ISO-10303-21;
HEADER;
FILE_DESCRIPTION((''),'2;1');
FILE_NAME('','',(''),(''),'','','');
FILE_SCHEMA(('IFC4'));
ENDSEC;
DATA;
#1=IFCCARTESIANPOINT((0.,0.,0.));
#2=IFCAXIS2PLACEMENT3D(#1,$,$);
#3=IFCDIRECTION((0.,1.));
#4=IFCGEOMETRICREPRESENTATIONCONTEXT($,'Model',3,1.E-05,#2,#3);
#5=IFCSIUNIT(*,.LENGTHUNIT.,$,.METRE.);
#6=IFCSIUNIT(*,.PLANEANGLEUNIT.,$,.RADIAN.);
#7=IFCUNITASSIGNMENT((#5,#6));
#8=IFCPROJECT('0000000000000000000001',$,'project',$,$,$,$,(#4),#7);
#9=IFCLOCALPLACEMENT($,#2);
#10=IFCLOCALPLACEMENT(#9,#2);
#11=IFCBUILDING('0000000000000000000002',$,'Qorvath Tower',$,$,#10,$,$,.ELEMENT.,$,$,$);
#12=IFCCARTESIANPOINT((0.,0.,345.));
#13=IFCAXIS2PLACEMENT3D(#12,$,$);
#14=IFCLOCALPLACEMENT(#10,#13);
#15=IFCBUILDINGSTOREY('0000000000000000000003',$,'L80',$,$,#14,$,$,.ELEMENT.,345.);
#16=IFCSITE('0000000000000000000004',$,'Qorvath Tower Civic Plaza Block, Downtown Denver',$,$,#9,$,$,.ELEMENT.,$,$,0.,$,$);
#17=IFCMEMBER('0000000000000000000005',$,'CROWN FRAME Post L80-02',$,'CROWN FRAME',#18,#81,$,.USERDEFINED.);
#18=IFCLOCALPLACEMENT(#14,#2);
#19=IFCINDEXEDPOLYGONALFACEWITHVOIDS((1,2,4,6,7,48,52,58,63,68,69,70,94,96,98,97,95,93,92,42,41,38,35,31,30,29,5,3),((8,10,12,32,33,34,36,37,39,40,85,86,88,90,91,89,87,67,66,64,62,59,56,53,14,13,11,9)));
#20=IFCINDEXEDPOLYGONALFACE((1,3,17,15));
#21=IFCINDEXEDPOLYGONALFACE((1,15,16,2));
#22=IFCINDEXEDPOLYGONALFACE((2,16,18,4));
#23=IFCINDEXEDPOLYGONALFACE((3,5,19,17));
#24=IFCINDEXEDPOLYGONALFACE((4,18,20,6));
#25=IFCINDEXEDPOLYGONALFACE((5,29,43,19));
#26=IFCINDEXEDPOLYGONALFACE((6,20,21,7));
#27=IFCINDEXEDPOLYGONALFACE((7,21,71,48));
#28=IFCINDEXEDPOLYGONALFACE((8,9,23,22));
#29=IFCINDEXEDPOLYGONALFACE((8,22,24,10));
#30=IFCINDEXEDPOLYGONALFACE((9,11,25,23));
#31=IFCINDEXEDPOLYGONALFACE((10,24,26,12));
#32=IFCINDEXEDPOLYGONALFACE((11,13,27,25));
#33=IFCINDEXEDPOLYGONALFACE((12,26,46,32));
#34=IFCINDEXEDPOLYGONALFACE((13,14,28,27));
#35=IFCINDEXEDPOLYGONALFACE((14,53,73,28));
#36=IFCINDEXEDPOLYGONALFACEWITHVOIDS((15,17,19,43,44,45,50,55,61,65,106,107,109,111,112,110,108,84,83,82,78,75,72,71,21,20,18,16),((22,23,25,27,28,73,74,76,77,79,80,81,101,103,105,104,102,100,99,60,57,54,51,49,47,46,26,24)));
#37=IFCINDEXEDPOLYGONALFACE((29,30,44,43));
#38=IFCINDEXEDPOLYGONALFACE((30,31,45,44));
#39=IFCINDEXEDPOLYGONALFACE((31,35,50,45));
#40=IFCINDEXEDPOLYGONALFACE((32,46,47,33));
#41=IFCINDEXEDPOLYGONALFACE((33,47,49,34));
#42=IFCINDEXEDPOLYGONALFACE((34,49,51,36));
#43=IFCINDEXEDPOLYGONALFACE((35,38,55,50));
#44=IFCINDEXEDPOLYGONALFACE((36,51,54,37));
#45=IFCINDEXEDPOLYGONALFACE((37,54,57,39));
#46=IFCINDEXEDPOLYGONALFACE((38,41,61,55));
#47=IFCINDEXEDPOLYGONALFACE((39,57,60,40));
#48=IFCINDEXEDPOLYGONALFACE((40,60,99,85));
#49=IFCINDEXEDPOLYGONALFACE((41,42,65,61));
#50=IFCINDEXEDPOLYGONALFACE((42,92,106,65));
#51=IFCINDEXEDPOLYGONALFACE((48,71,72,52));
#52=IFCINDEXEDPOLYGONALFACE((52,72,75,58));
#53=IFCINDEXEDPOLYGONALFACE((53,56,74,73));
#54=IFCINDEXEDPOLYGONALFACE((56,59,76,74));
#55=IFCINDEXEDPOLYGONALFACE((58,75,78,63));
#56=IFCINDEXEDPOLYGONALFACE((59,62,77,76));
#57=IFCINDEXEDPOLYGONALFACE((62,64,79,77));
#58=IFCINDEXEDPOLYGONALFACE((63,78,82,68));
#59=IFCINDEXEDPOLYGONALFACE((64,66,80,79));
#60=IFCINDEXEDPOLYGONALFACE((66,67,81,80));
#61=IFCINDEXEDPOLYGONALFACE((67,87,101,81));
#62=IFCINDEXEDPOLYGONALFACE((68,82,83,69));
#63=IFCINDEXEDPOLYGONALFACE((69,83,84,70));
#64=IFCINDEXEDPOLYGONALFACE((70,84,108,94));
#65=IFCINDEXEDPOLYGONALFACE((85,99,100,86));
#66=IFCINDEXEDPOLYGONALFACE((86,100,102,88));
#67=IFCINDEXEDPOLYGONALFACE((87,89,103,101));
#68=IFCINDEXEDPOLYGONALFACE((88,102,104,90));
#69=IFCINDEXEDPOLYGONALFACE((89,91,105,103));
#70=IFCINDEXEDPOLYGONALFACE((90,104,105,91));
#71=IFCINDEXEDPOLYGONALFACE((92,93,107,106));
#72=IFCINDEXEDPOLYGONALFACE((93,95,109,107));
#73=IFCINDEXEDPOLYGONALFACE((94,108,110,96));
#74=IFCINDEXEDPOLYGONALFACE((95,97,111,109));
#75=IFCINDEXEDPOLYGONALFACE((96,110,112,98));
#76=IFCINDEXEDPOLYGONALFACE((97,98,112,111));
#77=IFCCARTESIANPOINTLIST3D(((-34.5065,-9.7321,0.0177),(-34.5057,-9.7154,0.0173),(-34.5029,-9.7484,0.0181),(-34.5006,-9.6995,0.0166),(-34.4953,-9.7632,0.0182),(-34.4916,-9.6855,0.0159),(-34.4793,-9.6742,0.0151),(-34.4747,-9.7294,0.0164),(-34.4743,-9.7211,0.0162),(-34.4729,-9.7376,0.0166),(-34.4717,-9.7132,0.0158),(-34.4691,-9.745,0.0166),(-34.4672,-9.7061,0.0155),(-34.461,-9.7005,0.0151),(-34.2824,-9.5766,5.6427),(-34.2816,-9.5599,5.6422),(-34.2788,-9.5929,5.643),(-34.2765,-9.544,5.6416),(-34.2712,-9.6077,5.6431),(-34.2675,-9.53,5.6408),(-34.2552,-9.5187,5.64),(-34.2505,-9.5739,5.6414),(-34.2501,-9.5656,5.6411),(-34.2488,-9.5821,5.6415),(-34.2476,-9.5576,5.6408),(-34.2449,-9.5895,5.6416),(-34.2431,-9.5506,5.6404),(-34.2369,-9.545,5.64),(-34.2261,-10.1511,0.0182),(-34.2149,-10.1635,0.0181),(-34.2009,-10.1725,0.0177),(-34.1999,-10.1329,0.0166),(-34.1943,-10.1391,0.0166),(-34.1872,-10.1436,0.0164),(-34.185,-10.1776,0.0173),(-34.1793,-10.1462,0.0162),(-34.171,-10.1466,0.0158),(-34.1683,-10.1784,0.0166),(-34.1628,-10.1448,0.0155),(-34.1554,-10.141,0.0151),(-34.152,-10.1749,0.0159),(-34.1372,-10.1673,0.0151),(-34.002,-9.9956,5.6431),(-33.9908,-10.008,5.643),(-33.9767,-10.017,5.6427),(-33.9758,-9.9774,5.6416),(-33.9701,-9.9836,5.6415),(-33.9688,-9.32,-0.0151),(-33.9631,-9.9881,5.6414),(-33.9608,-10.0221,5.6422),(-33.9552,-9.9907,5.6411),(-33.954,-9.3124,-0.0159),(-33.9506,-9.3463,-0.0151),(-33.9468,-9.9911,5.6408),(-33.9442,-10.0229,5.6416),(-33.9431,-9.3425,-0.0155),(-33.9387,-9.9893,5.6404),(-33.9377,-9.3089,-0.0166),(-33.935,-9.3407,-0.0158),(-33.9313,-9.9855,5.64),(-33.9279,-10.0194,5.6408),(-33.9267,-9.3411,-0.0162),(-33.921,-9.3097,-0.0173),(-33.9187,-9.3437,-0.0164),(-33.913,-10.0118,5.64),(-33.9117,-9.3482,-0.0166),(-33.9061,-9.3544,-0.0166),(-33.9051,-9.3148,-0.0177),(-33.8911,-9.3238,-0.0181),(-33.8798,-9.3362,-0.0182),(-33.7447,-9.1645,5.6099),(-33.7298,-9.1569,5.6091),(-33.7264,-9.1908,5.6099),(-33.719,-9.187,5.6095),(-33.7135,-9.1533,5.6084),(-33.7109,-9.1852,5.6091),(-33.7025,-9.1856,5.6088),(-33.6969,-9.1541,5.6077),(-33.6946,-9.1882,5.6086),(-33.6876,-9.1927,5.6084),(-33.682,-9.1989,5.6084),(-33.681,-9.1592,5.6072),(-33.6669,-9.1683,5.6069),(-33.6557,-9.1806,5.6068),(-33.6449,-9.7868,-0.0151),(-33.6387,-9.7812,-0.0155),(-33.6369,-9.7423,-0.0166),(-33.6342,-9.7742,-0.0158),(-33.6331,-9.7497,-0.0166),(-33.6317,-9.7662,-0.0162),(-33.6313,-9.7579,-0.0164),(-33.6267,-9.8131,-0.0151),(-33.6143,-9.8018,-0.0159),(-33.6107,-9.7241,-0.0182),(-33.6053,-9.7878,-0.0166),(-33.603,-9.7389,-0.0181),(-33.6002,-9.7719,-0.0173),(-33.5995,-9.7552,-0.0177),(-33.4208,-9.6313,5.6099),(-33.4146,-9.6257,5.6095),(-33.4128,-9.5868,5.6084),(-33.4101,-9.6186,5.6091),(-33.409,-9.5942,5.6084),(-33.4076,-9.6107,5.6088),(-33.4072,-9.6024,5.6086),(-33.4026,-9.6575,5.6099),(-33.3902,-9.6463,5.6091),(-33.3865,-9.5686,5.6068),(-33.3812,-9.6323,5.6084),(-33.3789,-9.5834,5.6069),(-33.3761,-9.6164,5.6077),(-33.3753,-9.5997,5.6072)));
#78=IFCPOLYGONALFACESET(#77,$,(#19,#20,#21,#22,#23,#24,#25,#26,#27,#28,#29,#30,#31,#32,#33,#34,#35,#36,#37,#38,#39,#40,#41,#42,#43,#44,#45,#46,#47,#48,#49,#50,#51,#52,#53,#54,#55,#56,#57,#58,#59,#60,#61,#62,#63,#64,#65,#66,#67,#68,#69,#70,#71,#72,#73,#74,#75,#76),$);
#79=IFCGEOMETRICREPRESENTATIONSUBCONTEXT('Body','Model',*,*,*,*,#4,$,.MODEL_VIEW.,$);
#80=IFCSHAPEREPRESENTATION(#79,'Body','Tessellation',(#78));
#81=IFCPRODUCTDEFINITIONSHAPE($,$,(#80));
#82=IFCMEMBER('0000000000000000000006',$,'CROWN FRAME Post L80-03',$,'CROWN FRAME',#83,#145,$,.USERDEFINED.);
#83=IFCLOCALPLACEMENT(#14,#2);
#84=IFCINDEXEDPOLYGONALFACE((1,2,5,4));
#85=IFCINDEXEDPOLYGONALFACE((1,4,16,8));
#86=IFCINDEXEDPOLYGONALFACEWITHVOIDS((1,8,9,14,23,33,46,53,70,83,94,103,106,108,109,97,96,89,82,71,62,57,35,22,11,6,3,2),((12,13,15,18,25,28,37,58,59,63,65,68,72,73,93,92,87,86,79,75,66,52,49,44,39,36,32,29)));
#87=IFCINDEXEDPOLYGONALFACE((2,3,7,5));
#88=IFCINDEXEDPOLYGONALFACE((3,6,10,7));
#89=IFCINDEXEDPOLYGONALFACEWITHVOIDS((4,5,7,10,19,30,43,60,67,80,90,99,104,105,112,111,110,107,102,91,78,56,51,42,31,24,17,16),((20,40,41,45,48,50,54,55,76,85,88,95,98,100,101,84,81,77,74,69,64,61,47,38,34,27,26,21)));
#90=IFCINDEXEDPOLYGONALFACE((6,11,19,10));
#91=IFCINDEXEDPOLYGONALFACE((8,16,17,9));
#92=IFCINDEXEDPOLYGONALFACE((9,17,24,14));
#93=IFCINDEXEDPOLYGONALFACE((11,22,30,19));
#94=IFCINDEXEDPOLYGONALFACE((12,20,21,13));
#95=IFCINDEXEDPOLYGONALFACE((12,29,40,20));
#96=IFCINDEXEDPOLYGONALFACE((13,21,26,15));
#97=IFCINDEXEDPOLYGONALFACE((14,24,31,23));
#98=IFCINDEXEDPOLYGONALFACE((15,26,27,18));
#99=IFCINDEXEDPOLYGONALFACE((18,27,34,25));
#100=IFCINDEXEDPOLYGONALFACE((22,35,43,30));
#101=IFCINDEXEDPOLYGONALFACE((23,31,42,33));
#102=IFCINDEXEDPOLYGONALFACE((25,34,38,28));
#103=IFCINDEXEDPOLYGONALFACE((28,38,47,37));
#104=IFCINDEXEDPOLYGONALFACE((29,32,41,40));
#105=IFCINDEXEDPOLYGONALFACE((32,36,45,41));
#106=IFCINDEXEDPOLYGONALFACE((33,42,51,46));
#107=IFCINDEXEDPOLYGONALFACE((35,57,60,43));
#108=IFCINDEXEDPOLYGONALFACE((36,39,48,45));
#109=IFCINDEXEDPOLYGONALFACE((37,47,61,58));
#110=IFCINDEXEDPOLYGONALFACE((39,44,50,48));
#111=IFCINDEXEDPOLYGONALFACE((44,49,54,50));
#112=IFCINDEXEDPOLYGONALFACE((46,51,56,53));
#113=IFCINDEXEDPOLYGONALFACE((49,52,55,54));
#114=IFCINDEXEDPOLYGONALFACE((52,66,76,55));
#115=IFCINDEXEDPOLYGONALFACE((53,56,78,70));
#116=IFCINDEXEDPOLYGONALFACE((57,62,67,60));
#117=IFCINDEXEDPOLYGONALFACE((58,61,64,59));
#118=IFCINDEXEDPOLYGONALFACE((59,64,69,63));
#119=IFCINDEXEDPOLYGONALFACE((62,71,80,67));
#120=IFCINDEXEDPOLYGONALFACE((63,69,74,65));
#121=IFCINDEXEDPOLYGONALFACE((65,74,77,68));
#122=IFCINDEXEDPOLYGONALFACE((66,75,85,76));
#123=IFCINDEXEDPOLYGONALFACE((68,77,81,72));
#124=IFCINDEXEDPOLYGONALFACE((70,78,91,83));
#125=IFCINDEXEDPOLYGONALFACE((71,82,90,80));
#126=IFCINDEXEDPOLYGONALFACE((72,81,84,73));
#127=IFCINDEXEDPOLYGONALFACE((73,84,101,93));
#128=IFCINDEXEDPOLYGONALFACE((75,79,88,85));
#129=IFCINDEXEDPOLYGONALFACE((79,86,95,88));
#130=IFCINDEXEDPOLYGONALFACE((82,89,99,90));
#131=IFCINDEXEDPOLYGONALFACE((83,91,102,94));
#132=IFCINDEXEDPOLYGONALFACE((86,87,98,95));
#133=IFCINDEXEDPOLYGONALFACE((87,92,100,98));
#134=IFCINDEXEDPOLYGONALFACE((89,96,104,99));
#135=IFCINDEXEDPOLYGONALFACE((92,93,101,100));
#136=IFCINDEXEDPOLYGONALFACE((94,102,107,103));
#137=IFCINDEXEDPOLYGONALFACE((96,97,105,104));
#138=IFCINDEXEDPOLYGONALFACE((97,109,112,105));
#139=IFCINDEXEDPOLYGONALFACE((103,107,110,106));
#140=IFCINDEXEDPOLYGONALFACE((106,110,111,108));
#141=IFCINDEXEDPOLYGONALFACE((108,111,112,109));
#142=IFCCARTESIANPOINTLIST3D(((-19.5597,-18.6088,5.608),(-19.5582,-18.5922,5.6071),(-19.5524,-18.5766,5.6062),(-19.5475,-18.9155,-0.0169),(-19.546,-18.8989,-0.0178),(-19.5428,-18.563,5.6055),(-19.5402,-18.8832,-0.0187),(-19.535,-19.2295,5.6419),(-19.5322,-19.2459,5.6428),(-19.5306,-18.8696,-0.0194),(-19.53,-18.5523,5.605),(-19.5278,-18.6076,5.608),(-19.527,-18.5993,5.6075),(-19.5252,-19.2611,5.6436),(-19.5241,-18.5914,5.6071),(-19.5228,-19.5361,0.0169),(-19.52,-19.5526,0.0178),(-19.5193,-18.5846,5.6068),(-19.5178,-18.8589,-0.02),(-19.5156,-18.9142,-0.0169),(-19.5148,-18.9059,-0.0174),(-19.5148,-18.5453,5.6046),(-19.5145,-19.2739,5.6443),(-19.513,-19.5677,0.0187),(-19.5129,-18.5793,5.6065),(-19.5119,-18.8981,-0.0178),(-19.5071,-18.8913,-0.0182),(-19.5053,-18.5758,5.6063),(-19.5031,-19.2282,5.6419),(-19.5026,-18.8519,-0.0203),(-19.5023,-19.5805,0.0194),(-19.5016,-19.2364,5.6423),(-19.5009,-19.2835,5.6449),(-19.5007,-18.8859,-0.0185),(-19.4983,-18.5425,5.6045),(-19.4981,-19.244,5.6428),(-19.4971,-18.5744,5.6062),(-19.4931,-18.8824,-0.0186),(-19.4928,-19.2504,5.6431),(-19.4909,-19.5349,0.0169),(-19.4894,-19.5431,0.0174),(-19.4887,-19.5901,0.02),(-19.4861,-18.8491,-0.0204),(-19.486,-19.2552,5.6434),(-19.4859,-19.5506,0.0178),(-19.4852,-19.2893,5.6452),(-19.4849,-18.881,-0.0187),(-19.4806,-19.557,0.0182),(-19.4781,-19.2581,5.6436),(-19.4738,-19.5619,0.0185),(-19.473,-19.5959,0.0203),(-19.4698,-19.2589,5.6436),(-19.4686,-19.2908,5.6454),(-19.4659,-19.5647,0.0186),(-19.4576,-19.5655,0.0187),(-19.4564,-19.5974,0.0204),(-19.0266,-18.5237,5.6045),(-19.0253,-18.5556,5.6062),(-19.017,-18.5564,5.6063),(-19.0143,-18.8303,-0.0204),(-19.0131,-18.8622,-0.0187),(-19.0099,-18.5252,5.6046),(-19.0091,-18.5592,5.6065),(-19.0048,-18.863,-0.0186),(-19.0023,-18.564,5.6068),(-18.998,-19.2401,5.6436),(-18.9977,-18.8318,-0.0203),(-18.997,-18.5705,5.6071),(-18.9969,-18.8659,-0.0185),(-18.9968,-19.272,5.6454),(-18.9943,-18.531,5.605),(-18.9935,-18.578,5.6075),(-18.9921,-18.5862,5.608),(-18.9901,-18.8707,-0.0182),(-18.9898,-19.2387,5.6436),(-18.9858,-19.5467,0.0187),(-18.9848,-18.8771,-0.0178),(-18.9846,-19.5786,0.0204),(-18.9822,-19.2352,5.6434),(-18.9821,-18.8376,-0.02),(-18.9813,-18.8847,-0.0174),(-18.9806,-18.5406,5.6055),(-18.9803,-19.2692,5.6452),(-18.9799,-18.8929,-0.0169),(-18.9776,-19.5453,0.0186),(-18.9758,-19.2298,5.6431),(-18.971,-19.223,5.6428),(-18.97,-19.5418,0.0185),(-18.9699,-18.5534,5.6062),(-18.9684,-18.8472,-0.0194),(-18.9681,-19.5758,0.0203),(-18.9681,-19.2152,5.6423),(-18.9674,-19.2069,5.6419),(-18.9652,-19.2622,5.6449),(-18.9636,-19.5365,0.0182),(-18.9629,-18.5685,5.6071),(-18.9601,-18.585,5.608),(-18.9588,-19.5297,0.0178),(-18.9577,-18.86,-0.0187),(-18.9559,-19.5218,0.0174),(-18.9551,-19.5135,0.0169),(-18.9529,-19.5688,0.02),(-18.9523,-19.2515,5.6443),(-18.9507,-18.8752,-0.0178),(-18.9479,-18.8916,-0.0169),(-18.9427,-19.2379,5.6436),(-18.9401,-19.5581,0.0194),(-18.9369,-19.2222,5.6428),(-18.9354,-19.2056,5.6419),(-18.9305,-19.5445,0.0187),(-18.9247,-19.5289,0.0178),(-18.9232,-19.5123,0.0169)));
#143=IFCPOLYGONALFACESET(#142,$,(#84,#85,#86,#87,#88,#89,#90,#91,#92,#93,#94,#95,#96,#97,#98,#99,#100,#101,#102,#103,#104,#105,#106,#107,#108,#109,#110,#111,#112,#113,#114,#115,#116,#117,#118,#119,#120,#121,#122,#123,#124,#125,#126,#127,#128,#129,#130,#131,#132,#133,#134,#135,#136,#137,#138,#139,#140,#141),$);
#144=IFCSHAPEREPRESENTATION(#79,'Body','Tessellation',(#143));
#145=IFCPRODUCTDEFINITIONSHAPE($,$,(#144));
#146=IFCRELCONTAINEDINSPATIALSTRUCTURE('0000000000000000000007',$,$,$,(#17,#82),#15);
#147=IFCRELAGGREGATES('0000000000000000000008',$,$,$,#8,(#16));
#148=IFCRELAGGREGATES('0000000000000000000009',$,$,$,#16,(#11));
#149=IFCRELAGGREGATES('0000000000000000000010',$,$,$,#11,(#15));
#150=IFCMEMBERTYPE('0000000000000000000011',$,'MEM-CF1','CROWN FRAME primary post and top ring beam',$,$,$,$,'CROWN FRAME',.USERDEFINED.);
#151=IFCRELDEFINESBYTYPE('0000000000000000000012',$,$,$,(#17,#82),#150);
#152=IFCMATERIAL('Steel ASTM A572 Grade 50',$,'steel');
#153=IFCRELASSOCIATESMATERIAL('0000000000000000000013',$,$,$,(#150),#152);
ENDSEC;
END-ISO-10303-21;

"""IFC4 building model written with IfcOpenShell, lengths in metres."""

from ifc_helpers import new_model, si_unit, direction, frame, origin, origin_2d, place, context, subcontext, project, spatial, hollow_rectangle, extrude, material, material_profile, profile_set, type_object, element, save


model = new_model("IFC4")

# Units and contexts
model_context = context("Model", 3, precision=1e-05, world=origin(), true_north=direction((0.0, 1.0)))
body_context = subcontext(model_context, "Body", "Model", "MODEL_VIEW")
ifc_project = project(units=[si_unit("LENGTHUNIT", "METRE"), si_unit("PLANEANGLEUNIT", "RADIAN")], contexts=[model_context])

# Site, building, storey
site_placement = place(None, origin())
site = spatial("IfcSite", under=ifc_project, at=site_placement, Name="Qorvath Tower Civic Plaza Block, Downtown Denver", CompositionType="ELEMENT", RefElevation=0.0)
building_placement = place(site_placement, origin())
building = spatial("IfcBuilding", under=site, at=building_placement, Name="Qorvath Tower", CompositionType="ELEMENT")
storey_placement = place(building_placement, frame((0.0, 0.0, 345.0)))
storey = spatial("IfcBuildingStorey", under=building, at=storey_placement, Name="L80", CompositionType="ELEMENT", Elevation=345.0)

# Members
ifc_material_1 = material(Name="Steel ASTM A572 Grade 50", Category="steel")
ifc_material_profile_1 = material_profile(ifc_material_1, hollow_rectangle(XDim=0.6001, YDim=0.75, WallThickness=0.032, InnerFilletRadius=0.032, OuterFilletRadius=0.064, at=origin_2d()), Name="CROWN BOX 750x600x32")
ifc_profile_set_1 = profile_set([ifc_material_profile_1], Name="Steel ASTM A572 Grade 50")
member_type_1 = type_object("IfcMemberType", Name="MEM-CF1", Description="CROWN FRAME primary post and top ring beam", ElementType="CROWN FRAME", PredefinedType="USERDEFINED", material=ifc_profile_set_1)
member_1_placement = place(storey_placement, frame((-34.053, -9.7437, 0.0), z_axis=(0.039797, 0.027615, 0.998826), x_axis=(-0.570094, 0.82158, 0.0)))
element("IfcMember", 1, at=member_1_placement, inside=storey, type_object=member_type_1, Name="CROWN FRAME Post L80-02", ObjectType="CROWN FRAME", PredefinedType="USERDEFINED", context=body_context, shape_type="SweptSolid", body=[
    extrude(hollow_rectangle(XDim=0.6001, YDim=0.75, WallThickness=0.032, InnerFilletRadius=0.032, OuterFilletRadius=0.064, at=origin_2d()), origin(), (0.0, 0.0, 1.0), 5.6316),
])
member_2_placement = place(storey_placement, frame((-19.2354, -19.2139, 0.0), z_axis=(-0.002167, 0.054433, 0.998515), x_axis=(-0.999209, -0.039777, 0.0)))
element("IfcMember", 2, at=member_2_placement, inside=storey, type_object=member_type_1, Name="CROWN FRAME Post L80-03", ObjectType="CROWN FRAME", PredefinedType="USERDEFINED", context=body_context, shape_type="SweptSolid", body=[
    extrude(hollow_rectangle(XDim=0.6001, YDim=0.75, WallThickness=0.032, InnerFilletRadius=0.032, OuterFilletRadius=0.064, at=origin_2d()), origin(), (0.0, 0.0, 1.0), 5.6333),
])

save(model, "model.ifc")
